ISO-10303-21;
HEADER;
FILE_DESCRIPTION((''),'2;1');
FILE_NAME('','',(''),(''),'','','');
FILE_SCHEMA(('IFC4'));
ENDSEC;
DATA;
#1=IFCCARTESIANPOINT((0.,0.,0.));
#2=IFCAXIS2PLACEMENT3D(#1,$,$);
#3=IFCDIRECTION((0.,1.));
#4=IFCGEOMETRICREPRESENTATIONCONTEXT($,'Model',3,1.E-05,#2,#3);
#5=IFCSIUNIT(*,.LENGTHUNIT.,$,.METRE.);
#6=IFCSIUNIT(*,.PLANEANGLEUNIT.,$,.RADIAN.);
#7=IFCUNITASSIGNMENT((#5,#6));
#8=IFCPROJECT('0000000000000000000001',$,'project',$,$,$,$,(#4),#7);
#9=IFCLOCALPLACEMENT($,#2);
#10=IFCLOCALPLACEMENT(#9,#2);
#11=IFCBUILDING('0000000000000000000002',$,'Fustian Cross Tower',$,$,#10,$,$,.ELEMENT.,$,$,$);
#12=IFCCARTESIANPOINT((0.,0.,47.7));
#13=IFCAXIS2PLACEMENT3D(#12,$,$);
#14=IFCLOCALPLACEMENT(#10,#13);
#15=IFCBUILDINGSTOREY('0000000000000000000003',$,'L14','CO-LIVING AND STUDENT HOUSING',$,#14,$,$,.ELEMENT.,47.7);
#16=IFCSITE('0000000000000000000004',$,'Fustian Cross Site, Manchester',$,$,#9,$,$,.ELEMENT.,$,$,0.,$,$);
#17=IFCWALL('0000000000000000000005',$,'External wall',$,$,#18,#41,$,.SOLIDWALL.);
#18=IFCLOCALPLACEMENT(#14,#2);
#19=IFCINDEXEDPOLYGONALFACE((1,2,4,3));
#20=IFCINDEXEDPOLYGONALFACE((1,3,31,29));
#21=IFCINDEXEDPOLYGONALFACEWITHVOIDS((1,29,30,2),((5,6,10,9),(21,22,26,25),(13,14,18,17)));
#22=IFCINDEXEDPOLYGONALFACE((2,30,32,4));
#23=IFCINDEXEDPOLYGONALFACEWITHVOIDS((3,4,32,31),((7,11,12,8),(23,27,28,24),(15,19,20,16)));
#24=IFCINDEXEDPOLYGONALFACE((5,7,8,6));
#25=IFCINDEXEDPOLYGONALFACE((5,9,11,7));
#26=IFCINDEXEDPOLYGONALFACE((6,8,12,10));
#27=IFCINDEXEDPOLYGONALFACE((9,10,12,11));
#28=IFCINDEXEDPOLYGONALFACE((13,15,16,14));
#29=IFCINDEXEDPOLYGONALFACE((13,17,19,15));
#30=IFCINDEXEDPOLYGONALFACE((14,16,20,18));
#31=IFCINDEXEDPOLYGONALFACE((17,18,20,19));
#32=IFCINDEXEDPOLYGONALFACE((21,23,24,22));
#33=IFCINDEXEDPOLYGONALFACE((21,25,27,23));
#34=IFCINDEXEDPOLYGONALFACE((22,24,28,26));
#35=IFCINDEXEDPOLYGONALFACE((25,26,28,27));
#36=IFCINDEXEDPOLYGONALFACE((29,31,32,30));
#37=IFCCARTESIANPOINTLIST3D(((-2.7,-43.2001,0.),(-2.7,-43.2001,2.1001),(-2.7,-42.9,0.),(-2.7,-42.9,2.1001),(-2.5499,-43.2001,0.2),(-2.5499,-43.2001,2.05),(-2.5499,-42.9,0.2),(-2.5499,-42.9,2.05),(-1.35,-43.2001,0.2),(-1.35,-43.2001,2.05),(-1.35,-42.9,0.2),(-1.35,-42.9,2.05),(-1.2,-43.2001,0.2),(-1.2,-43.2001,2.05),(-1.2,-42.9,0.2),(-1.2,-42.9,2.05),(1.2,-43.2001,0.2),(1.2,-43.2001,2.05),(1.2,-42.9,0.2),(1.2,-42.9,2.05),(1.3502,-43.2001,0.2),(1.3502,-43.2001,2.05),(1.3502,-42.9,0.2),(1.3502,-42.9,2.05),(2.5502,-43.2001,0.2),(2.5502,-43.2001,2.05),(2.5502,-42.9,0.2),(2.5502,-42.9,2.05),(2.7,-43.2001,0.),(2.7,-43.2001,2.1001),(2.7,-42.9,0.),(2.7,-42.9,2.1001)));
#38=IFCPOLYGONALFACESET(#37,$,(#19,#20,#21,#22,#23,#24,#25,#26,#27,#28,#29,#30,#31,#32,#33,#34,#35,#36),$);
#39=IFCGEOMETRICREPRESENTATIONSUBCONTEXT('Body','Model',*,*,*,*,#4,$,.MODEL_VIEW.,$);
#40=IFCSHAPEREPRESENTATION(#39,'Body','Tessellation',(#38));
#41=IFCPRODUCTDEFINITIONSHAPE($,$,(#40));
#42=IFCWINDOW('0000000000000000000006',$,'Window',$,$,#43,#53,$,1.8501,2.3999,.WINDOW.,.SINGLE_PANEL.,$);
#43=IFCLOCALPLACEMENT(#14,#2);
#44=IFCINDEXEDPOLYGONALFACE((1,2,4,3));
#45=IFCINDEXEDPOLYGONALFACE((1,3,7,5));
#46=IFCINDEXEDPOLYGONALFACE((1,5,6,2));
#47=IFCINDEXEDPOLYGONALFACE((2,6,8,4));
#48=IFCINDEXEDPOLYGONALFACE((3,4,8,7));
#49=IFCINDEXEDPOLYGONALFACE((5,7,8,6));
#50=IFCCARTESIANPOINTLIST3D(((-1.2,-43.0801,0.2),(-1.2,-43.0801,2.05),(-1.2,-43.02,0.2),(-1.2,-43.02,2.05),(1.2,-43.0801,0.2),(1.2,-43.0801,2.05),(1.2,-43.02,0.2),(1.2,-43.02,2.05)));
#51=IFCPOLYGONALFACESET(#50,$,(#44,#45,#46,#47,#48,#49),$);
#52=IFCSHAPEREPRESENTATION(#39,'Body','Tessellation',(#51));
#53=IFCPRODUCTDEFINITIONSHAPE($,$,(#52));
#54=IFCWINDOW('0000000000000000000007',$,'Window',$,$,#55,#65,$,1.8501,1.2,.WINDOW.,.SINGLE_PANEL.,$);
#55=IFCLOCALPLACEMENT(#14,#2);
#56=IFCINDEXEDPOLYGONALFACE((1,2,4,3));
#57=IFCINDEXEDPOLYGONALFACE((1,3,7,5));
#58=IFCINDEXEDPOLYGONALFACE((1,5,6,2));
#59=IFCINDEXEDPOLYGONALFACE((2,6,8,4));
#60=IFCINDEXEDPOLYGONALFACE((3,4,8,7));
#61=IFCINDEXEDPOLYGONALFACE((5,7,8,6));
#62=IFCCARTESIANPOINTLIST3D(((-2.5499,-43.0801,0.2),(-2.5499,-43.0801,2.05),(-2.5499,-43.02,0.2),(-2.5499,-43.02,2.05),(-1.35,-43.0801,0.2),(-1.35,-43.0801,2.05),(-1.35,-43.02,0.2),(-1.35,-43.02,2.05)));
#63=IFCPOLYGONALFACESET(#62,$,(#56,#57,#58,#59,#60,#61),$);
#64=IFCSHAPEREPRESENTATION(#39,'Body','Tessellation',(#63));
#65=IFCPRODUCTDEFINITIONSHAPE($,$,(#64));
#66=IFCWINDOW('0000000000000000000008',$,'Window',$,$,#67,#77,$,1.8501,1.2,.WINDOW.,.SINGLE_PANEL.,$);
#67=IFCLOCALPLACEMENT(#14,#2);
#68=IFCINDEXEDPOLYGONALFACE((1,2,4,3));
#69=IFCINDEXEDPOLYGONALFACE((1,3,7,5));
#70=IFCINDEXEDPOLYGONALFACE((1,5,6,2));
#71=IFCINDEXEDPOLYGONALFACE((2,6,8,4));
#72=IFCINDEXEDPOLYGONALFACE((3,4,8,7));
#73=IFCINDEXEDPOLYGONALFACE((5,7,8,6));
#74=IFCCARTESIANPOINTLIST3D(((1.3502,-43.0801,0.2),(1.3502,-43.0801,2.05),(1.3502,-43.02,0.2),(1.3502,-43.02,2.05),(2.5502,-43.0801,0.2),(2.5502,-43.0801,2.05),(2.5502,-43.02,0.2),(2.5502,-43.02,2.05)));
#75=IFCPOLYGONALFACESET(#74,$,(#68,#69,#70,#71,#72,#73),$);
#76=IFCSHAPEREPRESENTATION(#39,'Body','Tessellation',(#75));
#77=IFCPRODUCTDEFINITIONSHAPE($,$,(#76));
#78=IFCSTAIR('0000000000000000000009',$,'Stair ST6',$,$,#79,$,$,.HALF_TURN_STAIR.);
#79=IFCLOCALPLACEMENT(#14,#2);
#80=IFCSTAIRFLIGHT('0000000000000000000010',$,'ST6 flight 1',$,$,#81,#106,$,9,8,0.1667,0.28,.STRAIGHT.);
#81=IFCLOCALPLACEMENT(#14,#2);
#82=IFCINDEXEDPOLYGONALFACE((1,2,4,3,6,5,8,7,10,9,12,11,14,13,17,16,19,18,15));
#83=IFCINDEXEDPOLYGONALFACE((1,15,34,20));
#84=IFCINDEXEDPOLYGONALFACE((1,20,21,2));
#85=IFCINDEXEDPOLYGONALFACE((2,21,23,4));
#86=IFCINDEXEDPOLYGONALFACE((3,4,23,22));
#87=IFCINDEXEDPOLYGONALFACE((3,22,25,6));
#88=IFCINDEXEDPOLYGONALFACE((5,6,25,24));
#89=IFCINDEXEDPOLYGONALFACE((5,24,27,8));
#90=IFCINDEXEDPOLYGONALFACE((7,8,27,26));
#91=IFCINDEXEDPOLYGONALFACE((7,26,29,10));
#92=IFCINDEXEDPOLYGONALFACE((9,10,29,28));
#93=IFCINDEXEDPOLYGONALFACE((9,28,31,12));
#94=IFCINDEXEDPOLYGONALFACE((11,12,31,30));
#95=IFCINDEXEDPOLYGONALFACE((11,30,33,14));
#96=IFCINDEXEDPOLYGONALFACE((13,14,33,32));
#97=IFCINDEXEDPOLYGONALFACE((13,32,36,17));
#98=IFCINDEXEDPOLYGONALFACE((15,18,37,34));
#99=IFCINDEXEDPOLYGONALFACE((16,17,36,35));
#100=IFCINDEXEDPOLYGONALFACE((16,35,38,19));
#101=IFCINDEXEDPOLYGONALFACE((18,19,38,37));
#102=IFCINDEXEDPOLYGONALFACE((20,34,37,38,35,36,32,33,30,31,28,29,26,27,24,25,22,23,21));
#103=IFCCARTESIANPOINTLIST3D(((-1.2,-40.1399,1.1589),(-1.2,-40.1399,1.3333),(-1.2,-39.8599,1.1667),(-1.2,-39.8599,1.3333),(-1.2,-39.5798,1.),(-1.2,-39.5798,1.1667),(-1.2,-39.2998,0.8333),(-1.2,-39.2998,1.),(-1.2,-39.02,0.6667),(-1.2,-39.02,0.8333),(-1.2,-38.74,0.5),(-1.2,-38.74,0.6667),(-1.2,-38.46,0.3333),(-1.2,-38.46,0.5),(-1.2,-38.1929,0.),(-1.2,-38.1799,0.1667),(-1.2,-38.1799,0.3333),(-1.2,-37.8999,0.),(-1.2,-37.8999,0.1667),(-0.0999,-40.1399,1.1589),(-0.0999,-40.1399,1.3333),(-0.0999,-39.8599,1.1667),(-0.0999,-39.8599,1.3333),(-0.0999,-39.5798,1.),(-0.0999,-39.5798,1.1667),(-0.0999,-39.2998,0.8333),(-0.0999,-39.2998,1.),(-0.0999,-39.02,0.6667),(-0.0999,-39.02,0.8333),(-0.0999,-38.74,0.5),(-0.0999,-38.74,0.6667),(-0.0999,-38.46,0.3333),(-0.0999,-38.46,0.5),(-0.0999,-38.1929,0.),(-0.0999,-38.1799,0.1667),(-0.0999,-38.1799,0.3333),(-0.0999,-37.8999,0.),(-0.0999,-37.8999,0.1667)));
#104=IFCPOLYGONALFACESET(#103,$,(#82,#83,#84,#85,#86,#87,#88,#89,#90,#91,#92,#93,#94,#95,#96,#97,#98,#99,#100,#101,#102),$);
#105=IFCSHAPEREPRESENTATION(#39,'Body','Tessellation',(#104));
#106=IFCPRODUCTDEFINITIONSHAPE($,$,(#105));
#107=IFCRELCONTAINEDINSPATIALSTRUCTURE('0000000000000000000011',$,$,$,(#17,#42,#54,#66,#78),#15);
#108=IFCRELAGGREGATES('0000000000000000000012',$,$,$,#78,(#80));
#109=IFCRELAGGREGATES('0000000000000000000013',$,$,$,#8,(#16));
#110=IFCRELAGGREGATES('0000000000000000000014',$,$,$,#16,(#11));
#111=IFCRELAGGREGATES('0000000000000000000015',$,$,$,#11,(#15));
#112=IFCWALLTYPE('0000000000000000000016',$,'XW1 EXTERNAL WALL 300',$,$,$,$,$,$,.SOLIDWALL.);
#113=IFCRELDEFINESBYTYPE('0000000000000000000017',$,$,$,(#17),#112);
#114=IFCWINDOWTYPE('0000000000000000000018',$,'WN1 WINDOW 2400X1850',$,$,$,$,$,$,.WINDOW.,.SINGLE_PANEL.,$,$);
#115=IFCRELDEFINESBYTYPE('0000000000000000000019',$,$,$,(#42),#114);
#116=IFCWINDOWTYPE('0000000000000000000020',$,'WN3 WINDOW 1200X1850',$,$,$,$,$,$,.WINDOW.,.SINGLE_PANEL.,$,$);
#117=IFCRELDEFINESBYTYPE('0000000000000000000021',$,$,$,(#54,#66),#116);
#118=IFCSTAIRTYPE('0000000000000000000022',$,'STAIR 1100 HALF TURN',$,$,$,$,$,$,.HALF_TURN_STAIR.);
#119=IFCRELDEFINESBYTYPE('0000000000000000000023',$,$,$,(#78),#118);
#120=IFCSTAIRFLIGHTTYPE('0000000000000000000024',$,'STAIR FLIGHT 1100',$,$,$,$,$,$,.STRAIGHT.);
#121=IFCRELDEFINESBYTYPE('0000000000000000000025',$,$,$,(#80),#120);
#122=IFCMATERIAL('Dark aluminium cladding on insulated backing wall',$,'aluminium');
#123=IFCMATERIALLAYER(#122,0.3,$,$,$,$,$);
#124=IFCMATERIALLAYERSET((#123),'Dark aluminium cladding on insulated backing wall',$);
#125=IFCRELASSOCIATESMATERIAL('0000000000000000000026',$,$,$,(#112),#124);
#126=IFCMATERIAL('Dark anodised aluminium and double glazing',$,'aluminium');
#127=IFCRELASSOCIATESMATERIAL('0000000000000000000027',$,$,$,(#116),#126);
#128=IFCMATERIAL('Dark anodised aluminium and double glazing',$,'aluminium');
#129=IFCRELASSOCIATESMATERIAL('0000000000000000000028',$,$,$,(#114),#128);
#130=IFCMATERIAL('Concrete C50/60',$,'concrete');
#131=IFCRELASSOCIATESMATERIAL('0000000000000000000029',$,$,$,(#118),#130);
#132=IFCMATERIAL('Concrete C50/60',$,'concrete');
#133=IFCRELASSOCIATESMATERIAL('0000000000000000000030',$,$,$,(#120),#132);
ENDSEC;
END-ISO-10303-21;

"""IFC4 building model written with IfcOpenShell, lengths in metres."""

from ifc_helpers import new_model, si_unit, direction, frame, frame_2d, origin, place, context, subcontext, project, spatial, polyline, rectangle, outline, extrude, material, layer, layer_set, type_object, element, fill, aggregate, save


model = new_model("IFC4")

# Units and contexts
model_context = context("Model", 3, precision=1e-05, world=origin(), true_north=direction((0.0, 1.0)))
body_context = subcontext(model_context, "Body", "Model", "MODEL_VIEW")
ifc_project = project(units=[si_unit("LENGTHUNIT", "METRE"), si_unit("PLANEANGLEUNIT", "RADIAN")], contexts=[model_context])

# Site, building, storey
site_placement = place(None, origin())
site = spatial("IfcSite", under=ifc_project, at=site_placement, Name="Fustian Cross Site, Manchester", CompositionType="ELEMENT", RefElevation=0.0)
building_placement = place(site_placement, origin())
building = spatial("IfcBuilding", under=site, at=building_placement, Name="Fustian Cross Tower", CompositionType="ELEMENT")
storey_placement = place(building_placement, frame((0.0, 0.0, 47.7)))
storey = spatial("IfcBuildingStorey", under=building, at=storey_placement, Name="L14", Description="CO-LIVING AND STUDENT HOUSING", CompositionType="ELEMENT", Elevation=47.7)

# Shared definitions
ifc_material_1 = material(Name="Dark aluminium cladding on insulated backing wall", Category="aluminium")
ifc_layer_1 = layer(ifc_material_1, 0.3)
ifc_layer_set_1 = layer_set([ifc_layer_1], Name="Dark aluminium cladding on insulated backing wall")
wall_type_1 = type_object("IfcWallType", Name="XW1 EXTERNAL WALL 300", PredefinedType="SOLIDWALL", material=ifc_layer_set_1)

# Shared definitions
ifc_material_2 = material(Name="Dark anodised aluminium and double glazing", Category="aluminium")
window_type_1 = type_object("IfcWindowType", Name="WN3 WINDOW 1200X1850", PartitioningType="SINGLE_PANEL", PredefinedType="WINDOW", material=ifc_material_2)

# Wall, openings, windows
wall_1_placement = place(storey_placement, frame((-2.7, -43.05, 0.0), z_axis=(0.0, 0.0, 1.0), x_axis=(1.0, 0.0, 0.0)))
wall_1 = element("IfcWall", 1, at=wall_1_placement, inside=storey, type_object=wall_type_1, Name="External wall", PredefinedType="SOLIDWALL", context=body_context, shape_type="SweptSolid", body=[
    extrude(rectangle(XDim=5.3999, YDim=0.3, at=frame_2d((2.7, 0.0))), origin(), (0.0, 0.0, 1.0), 2.1001),
])
opening_1_placement = place(wall_1_placement, frame((1.5, 0.0, 0.2)))
opening_1 = element("IfcOpeningElement", 2, at=opening_1_placement, cuts=wall_1, PredefinedType="OPENING", context=body_context, shape_type="SweptSolid", body=[
    extrude(rectangle(XDim=2.3999, YDim=1.8501, at=frame_2d((1.2, 0.925))), frame((0.0, 0.1599, 0.0), z_axis=(0.0, -1.0, 0.0), x_axis=(1.0, 0.0, 0.0)), (0.0, 0.0, 1.0), 0.3201),
])
opening_2_placement = place(wall_1_placement, frame((0.1499, 0.0, 0.2)))
opening_2 = element("IfcOpeningElement", 3, at=opening_2_placement, cuts=wall_1, PredefinedType="OPENING", context=body_context, shape_type="SweptSolid", body=[
    extrude(rectangle(XDim=1.2, YDim=1.8501, at=frame_2d((0.6001, 0.925))), frame((0.0, 0.1599, 0.0), z_axis=(0.0, -1.0, 0.0), x_axis=(1.0, 0.0, 0.0)), (0.0, 0.0, 1.0), 0.3201),
])
opening_3_placement = place(wall_1_placement, frame((4.05, 0.0, 0.2)))
opening_3 = element("IfcOpeningElement", 4, at=opening_3_placement, cuts=wall_1, PredefinedType="OPENING", context=body_context, shape_type="SweptSolid", body=[
    extrude(rectangle(XDim=1.2, YDim=1.8501, at=frame_2d((0.6001, 0.925))), frame((0.0, 0.1599, 0.0), z_axis=(0.0, -1.0, 0.0), x_axis=(1.0, 0.0, 0.0)), (0.0, 0.0, 1.0), 0.3201),
])
ifc_material_3 = material(Name="Dark anodised aluminium and double glazing", Category="aluminium")
window_type_2 = type_object("IfcWindowType", Name="WN1 WINDOW 2400X1850", PartitioningType="SINGLE_PANEL", PredefinedType="WINDOW", material=ifc_material_3)
window_1_placement = place(opening_1_placement, origin())
window_1 = element("IfcWindow", 5, at=window_1_placement, inside=storey, type_object=window_type_2, Name="Window", OverallHeight=1.8501, OverallWidth=2.3999, PartitioningType="SINGLE_PANEL", PredefinedType="WINDOW", context=body_context, shape_type="SweptSolid", body=[
    extrude(rectangle(XDim=2.3999, YDim=1.8501, at=frame_2d((1.2, 0.925))), frame((0.0, 0.03, 0.0), z_axis=(0.0, -1.0, 0.0), x_axis=(1.0, 0.0, 0.0)), (0.0, 0.0, 1.0), 0.0601),
])
fill(opening_1, window_1)
window_2_placement = place(opening_2_placement, origin())
window_2 = element("IfcWindow", 6, at=window_2_placement, inside=storey, type_object=window_type_1, Name="Window", OverallHeight=1.8501, OverallWidth=1.2, PartitioningType="SINGLE_PANEL", PredefinedType="WINDOW", context=body_context, shape_type="SweptSolid", body=[
    extrude(rectangle(XDim=1.2, YDim=1.8501, at=frame_2d((0.6001, 0.925))), frame((0.0, 0.03, 0.0), z_axis=(0.0, -1.0, 0.0), x_axis=(1.0, 0.0, 0.0)), (0.0, 0.0, 1.0), 0.0601),
])
fill(opening_2, window_2)
window_3_placement = place(opening_3_placement, origin())
window_3 = element("IfcWindow", 7, at=window_3_placement, inside=storey, type_object=window_type_1, Name="Window", OverallHeight=1.8501, OverallWidth=1.2, PartitioningType="SINGLE_PANEL", PredefinedType="WINDOW", context=body_context, shape_type="SweptSolid", body=[
    extrude(rectangle(XDim=1.2, YDim=1.8501, at=frame_2d((0.6001, 0.925))), frame((0.0, 0.03, 0.0), z_axis=(0.0, -1.0, 0.0), x_axis=(1.0, 0.0, 0.0)), (0.0, 0.0, 1.0), 0.0601),
])
fill(opening_3, window_3)

# Stair, stair flight
ifc_material_4 = material(Name="Concrete C50/60", Category="concrete")
stair_type = type_object("IfcStairType", Name="STAIR 1100 HALF TURN", PredefinedType="HALF_TURN_STAIR", material=ifc_material_4)
stair_placement = place(storey_placement, origin())
stair = element("IfcStair", 8, at=stair_placement, inside=storey, type_object=stair_type, Name="Stair ST6", PredefinedType="HALF_TURN_STAIR")
ifc_material_5 = material(Name="Concrete C50/60", Category="concrete")
stair_flight_type = type_object("IfcStairFlightType", Name="STAIR FLIGHT 1100", PredefinedType="STRAIGHT", material=ifc_material_5)
stair_flight_placement = place(storey_placement, frame((-0.6499, -37.8999, 0.0), z_axis=(0.0, 0.0, 1.0), x_axis=(0.0, -1.0, 0.0)))
stair_flight = element("IfcStairFlight", 9, at=stair_flight_placement, type_object=stair_flight_type, Name="ST6 flight 1", NumberOfRisers=9, NumberOfTreads=8, PredefinedType="STRAIGHT", RiserHeight=0.1667, TreadLength=0.28, context=body_context, shape_type="SweptSolid", body=[
    extrude(outline(polyline([(0.0, 0.0), (0.0, 0.1667), (0.28, 0.1667), (0.28, 0.3333), (0.5601, 0.3333), (0.5601, 0.5), (0.8401, 0.5), (0.8401, 0.6667), (1.1201, 0.6667), (1.1201, 0.8333), (1.3999, 0.8333), (1.3999, 1.0), (1.6799, 1.0), (1.6799, 1.1667), (1.96, 1.1667), (1.96, 1.3333), (2.24, 1.3333), (2.24, 1.5), (2.24, 1.1589), (0.293, 0.0), (0.0, 0.0)])), frame((0.0, 0.55, 0.0), z_axis=(0.0, -1.0, 0.0), x_axis=(1.0, 0.0, 0.0)), (0.0, 0.0, 1.0), 1.1001),
])
aggregate(stair, [stair_flight])

save(model, "model.ifc")
